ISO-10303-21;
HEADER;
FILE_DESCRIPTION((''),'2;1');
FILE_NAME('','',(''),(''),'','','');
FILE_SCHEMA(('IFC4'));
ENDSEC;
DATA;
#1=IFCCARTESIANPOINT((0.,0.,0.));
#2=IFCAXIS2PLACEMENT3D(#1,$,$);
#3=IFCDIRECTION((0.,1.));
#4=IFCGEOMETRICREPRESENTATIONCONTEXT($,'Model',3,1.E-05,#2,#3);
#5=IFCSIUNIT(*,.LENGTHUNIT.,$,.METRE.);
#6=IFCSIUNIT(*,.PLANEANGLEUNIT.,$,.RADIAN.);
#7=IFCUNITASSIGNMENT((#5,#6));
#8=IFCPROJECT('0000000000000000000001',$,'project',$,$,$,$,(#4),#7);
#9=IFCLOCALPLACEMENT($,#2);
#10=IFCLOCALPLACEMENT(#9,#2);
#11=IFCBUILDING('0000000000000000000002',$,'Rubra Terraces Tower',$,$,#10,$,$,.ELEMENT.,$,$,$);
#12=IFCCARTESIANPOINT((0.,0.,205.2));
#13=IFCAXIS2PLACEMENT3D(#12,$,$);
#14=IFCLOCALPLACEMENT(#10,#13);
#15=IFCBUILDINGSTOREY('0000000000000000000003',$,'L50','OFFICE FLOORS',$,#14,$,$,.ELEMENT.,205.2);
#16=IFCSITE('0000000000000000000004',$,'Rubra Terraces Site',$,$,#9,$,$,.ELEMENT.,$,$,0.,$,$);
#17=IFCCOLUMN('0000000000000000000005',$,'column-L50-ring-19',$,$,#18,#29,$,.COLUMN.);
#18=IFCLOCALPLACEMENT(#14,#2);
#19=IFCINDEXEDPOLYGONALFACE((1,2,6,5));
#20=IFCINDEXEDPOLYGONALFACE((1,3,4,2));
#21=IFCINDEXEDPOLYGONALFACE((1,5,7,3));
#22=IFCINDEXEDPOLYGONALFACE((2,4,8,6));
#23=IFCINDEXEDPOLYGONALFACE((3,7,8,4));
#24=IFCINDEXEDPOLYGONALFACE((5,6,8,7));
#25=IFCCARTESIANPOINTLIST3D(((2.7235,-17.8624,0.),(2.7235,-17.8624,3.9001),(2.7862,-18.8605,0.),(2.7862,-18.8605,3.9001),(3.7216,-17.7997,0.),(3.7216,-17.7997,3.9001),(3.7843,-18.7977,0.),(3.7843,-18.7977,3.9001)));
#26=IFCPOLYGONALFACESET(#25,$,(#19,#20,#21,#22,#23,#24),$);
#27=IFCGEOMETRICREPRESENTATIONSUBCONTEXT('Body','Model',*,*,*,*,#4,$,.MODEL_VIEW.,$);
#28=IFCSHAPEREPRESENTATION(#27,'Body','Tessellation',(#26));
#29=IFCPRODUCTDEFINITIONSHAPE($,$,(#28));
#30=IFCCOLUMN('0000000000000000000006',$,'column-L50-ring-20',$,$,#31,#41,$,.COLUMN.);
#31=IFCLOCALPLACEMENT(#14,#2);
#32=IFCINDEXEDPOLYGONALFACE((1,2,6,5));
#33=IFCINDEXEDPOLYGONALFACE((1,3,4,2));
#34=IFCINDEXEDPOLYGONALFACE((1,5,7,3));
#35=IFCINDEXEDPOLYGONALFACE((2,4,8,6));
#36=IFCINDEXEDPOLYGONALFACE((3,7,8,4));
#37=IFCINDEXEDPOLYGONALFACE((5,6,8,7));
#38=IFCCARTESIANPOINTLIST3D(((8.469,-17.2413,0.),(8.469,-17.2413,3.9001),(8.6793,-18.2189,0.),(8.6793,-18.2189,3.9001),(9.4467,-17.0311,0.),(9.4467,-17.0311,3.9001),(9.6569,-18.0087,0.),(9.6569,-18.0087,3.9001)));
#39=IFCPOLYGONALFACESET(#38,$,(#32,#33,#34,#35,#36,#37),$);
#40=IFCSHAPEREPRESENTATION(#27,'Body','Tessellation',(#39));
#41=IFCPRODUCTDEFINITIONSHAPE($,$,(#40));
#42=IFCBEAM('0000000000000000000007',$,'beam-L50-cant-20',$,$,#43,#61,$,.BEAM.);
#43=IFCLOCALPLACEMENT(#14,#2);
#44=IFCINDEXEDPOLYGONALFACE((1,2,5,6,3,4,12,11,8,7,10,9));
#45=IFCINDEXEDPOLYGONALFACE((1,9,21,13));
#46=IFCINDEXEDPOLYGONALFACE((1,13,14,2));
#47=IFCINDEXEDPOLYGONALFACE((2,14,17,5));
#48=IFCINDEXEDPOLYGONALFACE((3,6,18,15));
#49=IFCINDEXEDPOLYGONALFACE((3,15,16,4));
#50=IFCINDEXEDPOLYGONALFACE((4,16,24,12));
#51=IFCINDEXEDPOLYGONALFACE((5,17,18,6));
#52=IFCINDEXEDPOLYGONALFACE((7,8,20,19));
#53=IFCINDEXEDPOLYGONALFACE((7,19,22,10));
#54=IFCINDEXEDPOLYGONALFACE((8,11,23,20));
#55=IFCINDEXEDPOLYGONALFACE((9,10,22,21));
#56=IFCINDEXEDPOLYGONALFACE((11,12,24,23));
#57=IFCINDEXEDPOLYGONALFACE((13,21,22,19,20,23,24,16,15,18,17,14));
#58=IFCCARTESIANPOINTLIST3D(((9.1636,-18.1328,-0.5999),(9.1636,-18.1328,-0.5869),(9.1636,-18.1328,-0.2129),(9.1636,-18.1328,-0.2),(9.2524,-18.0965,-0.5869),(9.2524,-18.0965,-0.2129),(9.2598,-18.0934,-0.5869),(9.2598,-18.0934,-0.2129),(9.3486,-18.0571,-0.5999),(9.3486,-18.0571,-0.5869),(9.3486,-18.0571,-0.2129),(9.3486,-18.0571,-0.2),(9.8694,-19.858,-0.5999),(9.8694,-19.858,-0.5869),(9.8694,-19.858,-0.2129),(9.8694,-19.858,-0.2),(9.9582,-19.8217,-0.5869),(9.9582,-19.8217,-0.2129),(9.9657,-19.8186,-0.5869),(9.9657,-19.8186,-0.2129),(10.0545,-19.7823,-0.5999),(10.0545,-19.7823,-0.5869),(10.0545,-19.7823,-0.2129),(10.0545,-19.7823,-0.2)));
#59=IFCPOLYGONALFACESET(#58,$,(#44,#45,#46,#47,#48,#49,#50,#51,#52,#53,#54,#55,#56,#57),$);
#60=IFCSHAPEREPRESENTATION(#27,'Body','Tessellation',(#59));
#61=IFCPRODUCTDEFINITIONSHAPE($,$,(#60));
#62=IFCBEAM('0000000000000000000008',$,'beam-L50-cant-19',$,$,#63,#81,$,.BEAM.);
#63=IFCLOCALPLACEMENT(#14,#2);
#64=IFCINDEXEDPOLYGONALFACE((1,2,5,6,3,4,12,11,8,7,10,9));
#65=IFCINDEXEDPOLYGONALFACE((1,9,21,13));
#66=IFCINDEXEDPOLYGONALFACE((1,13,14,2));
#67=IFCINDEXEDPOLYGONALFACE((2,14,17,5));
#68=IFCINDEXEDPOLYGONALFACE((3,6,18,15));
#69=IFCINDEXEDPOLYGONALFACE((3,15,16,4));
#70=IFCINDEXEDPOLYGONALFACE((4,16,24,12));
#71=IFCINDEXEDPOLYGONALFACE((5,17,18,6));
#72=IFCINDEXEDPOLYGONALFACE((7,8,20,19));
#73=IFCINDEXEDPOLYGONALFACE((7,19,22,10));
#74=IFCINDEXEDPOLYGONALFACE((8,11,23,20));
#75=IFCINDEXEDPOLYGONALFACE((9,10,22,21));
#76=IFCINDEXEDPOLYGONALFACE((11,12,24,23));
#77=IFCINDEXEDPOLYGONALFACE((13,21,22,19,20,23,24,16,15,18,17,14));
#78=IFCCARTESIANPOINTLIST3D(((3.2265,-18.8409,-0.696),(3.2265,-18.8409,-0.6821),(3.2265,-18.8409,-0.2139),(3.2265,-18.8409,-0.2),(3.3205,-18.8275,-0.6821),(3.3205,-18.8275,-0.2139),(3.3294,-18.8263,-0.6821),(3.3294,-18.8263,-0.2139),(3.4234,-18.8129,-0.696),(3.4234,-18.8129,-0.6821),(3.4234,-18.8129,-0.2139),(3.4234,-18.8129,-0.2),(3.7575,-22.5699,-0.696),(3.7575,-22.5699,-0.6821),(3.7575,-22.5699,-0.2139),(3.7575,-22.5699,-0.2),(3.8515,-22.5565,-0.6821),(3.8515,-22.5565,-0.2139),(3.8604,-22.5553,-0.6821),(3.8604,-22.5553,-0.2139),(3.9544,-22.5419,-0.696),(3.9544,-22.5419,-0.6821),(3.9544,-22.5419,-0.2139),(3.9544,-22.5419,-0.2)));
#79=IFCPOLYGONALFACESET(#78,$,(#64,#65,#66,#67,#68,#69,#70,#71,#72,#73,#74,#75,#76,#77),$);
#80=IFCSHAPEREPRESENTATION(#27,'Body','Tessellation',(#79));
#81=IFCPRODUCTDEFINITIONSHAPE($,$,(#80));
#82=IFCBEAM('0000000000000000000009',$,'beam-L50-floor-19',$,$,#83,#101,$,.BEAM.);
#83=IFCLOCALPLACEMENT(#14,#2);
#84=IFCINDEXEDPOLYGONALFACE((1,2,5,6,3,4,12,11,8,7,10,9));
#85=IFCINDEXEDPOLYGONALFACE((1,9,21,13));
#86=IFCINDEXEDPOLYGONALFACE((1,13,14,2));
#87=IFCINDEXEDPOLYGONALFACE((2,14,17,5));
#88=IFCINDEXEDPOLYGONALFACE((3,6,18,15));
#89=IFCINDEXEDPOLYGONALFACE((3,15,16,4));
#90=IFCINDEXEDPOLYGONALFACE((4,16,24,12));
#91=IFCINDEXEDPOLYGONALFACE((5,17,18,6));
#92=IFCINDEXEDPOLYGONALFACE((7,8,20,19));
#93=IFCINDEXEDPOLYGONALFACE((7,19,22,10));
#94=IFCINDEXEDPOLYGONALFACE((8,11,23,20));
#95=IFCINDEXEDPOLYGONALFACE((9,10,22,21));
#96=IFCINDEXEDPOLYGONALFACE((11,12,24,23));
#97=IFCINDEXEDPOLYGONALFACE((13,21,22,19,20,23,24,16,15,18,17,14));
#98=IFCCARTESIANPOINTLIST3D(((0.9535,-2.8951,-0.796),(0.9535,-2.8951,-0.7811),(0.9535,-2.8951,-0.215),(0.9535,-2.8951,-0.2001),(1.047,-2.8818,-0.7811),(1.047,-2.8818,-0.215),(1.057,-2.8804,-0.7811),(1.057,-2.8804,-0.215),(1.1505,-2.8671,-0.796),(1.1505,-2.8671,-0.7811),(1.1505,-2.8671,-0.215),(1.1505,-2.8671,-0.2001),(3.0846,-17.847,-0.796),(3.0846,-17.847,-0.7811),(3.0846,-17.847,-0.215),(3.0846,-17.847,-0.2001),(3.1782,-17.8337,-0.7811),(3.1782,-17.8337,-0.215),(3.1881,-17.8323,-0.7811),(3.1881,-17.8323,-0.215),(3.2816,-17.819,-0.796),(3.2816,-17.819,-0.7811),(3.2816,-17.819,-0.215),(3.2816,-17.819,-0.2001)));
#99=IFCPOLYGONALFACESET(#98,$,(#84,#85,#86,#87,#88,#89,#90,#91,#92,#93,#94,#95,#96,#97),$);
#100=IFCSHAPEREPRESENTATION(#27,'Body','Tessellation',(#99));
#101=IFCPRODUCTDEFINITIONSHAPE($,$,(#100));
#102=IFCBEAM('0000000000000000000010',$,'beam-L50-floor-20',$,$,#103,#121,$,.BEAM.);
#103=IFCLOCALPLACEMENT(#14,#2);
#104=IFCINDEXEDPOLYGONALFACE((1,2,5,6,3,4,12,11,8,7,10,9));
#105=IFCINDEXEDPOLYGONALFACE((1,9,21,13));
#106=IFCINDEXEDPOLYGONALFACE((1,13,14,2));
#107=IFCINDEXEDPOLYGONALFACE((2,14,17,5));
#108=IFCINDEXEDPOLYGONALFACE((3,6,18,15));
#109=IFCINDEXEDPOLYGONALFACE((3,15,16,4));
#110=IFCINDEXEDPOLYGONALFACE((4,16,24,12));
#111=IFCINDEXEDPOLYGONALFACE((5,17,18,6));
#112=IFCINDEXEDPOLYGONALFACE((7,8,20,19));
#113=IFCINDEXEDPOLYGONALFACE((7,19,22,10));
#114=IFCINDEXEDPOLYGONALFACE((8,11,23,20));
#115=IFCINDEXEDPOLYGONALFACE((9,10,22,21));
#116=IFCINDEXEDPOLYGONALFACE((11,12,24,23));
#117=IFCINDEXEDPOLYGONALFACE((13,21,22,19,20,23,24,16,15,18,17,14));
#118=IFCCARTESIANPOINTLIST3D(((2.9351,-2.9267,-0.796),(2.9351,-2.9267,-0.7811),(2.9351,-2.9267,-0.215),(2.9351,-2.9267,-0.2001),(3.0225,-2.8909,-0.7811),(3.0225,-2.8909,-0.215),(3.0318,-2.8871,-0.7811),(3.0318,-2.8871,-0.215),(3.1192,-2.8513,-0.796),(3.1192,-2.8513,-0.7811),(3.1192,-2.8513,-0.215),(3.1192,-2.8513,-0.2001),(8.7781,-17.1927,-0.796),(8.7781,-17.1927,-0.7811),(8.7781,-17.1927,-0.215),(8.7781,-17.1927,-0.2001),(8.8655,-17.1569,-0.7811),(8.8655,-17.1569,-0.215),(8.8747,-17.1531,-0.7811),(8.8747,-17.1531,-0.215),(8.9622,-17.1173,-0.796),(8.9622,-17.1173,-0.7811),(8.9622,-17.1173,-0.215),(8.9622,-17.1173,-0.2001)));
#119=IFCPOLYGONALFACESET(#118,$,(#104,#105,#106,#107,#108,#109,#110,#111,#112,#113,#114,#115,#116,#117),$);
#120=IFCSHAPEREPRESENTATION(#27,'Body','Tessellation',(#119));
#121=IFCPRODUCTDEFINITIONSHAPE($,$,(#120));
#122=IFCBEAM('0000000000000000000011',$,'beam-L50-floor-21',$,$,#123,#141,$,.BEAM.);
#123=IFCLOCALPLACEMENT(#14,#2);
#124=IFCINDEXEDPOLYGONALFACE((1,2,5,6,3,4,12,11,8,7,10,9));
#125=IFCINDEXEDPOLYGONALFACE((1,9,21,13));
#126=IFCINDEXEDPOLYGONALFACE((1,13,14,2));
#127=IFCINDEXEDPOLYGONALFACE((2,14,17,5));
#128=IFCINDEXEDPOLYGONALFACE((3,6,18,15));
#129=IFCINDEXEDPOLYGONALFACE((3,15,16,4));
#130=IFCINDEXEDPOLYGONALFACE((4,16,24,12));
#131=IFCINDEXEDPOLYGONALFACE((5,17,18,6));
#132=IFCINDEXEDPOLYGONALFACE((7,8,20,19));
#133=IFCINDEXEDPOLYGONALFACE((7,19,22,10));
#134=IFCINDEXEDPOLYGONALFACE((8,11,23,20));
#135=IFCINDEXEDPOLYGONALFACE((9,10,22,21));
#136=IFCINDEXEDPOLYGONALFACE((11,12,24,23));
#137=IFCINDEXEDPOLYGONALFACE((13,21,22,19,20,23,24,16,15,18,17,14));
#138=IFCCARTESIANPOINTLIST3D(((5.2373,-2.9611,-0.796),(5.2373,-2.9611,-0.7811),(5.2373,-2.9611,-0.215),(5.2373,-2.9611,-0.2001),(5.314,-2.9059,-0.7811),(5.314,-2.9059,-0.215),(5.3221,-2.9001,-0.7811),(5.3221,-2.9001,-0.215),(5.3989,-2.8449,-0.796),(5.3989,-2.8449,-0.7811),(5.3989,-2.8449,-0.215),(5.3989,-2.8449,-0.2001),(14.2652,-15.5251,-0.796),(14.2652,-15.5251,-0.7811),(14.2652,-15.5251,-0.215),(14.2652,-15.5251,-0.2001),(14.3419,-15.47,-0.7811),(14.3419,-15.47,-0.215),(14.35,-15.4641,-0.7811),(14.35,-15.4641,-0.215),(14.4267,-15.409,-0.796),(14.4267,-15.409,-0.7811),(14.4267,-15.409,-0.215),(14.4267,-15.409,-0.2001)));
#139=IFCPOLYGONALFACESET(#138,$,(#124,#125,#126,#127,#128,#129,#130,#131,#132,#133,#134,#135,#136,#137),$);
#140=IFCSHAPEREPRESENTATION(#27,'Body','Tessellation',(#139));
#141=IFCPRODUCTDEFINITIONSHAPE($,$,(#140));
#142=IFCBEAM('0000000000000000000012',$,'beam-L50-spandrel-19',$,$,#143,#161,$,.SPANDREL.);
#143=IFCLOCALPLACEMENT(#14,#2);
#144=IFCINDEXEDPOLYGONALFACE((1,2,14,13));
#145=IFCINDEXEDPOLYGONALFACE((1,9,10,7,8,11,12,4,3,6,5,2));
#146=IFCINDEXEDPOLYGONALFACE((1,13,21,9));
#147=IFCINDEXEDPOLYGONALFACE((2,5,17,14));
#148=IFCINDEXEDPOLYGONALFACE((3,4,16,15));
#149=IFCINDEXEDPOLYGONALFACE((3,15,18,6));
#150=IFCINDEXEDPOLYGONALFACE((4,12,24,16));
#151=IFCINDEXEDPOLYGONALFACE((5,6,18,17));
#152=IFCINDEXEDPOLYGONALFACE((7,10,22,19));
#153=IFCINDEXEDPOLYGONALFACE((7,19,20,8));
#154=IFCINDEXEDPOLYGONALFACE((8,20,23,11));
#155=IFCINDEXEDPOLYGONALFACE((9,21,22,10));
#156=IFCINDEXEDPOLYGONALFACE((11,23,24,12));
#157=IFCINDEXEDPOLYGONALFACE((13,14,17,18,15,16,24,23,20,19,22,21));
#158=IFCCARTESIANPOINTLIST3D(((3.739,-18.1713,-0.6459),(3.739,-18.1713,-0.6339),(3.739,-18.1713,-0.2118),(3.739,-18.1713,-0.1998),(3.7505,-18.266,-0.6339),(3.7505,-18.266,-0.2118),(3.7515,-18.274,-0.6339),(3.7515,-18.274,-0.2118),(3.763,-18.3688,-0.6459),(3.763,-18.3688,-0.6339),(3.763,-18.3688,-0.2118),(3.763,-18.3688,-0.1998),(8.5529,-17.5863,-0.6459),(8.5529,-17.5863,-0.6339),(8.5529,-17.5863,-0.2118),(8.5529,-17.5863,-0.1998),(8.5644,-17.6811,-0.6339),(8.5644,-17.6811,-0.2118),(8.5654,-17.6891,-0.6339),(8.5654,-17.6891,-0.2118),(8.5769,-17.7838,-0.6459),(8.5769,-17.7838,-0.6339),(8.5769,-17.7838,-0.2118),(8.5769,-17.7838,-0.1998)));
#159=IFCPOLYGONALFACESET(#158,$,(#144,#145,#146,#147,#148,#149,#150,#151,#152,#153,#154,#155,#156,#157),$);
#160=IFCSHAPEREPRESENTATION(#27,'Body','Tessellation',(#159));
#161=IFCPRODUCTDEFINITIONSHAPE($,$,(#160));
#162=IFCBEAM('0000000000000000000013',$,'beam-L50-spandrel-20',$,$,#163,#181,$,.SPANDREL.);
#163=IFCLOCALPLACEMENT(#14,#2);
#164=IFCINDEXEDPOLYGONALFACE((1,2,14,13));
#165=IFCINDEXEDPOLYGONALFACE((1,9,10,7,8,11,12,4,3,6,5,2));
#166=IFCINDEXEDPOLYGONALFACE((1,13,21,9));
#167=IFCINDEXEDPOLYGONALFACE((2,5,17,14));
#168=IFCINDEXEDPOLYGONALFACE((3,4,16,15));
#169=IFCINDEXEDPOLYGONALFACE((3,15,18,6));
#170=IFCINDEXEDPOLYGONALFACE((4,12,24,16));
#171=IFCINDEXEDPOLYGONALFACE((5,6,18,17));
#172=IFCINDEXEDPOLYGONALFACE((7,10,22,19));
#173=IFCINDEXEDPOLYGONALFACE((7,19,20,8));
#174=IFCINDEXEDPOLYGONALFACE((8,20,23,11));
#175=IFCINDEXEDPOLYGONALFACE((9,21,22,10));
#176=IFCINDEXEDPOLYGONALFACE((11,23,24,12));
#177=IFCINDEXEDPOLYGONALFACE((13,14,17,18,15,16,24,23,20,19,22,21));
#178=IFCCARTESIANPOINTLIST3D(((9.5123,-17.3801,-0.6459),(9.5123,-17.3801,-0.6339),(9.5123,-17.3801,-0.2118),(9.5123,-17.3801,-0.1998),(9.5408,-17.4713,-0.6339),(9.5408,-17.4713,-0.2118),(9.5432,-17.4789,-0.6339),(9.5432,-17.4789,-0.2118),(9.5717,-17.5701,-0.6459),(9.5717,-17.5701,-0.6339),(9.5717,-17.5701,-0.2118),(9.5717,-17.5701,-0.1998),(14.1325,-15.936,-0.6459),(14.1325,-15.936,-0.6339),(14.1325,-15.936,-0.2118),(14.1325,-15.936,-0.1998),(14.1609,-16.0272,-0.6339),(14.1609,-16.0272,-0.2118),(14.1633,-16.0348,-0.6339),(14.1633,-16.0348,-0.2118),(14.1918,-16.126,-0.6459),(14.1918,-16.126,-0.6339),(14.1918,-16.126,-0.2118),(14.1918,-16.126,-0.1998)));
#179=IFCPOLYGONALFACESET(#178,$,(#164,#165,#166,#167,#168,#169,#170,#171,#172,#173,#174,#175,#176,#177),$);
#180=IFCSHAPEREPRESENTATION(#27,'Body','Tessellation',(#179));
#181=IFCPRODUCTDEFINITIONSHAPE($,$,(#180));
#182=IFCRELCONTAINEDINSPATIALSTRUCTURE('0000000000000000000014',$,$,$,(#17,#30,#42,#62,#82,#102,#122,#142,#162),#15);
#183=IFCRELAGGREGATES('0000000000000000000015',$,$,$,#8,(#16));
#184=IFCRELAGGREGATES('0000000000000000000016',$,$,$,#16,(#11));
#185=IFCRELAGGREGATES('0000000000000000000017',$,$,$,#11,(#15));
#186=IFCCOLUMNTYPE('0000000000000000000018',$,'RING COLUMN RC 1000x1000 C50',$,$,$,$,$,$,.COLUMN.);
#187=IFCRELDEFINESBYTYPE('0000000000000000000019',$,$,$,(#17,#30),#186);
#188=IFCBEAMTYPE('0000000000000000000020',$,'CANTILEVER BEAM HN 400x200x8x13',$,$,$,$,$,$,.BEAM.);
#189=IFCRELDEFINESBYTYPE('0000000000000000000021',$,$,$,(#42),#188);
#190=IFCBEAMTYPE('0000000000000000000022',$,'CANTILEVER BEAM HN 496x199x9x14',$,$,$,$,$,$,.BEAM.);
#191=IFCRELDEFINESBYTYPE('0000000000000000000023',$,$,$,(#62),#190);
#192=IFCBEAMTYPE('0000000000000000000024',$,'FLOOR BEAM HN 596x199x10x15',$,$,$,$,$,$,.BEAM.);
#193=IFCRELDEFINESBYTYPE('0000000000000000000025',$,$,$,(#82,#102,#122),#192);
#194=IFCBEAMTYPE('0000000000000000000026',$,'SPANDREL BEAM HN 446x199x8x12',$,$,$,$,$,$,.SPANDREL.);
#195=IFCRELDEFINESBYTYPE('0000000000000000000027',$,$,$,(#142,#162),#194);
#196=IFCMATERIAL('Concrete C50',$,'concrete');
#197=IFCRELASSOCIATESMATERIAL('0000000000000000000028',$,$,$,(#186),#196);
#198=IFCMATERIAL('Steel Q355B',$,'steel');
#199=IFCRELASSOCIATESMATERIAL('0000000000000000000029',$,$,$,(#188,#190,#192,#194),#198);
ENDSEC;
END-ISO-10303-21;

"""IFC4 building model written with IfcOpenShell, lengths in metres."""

from ifc_helpers import new_model, si_unit, direction, frame, origin, origin_2d, place, context, subcontext, project, spatial, rectangle, i_section, extrude, material, material_profile, profile_set, type_object, element, save


model = new_model("IFC4")

# Units and contexts
model_context = context("Model", 3, precision=1e-05, world=origin(), true_north=direction((0.0, 1.0)))
body_context = subcontext(model_context, "Body", "Model", "MODEL_VIEW")
ifc_project = project(units=[si_unit("LENGTHUNIT", "METRE"), si_unit("PLANEANGLEUNIT", "RADIAN")], contexts=[model_context])

# Site, building, storey
site_placement = place(None, origin())
site = spatial("IfcSite", under=ifc_project, at=site_placement, Name="Rubra Terraces Site", CompositionType="ELEMENT", RefElevation=0.0)
building_placement = place(site_placement, origin())
building = spatial("IfcBuilding", under=site, at=building_placement, Name="Rubra Terraces Tower", CompositionType="ELEMENT")
storey_placement = place(building_placement, frame((0.0, 0.0, 205.2)))
storey = spatial("IfcBuildingStorey", under=building, at=storey_placement, Name="L50", Description="OFFICE FLOORS", CompositionType="ELEMENT", Elevation=205.2)

# Columns
ifc_material_1 = material(Name="Concrete C50", Category="concrete")
ifc_material_profile_1 = material_profile(ifc_material_1, rectangle(XDim=1.0, YDim=1.0, at=origin_2d()), Name="RC 1000x1000")
ifc_profile_set_1 = profile_set([ifc_material_profile_1], Name="Concrete C50")
column_type = type_object("IfcColumnType", Name="RING COLUMN RC 1000x1000 C50", PredefinedType="COLUMN", material=ifc_profile_set_1)
for number, where, z_axis, x_axis, name in (
    (1, (3.2539, -18.3301, 0.0), (0.0, 0.0, 1.0), (0.998032, 0.062714, 0.0), "column-L50-ring-19"),
    (2, (9.063, -17.625, 0.0), (0.0, 0.0, 1.0), (0.977653, 0.210227, 0.0), "column-L50-ring-20"),
):
    element("IfcColumn", number, at=place(storey_placement, frame(where, z_axis=z_axis, x_axis=x_axis)), inside=storey, type_object=column_type, Name=name, PredefinedType="COLUMN", context=body_context, shape_type="SweptSolid", body=[
        extrude(rectangle(XDim=1.0, YDim=1.0, at=origin_2d()), origin(), (0.0, 0.0, 1.0), 3.9001),
    ])

# Beams
ifc_material_2 = material(Name="Steel Q355B", Category="steel")
ifc_material_profile_2 = material_profile(ifc_material_2, i_section(OverallWidth=0.2, OverallDepth=0.3999, WebThickness=0.0081, FlangeThickness=0.0129, at=origin_2d()), Name="HN 400x200x8x13")
ifc_profile_set_2 = profile_set([ifc_material_profile_2], Name="Steel Q355B")
beam_type_1 = type_object("IfcBeamType", Name="CANTILEVER BEAM HN 400x200x8x13", PredefinedType="BEAM", material=ifc_profile_set_2)
beam_1_placement = place(storey_placement, frame((9.2561, -18.095, -0.3999), z_axis=(0.378674, -0.92553, 0.0), x_axis=(0.92553, 0.378674, 0.0)))
element("IfcBeam", 3, at=beam_1_placement, inside=storey, type_object=beam_type_1, Name="beam-L50-cant-20", PredefinedType="BEAM", context=body_context, shape_type="SweptSolid", body=[
    extrude(i_section(OverallWidth=0.2, OverallDepth=0.3999, WebThickness=0.0081, FlangeThickness=0.0129, at=origin_2d()), origin(), (0.0, 0.0, 1.0), 1.864),
])
ifc_material_profile_3 = material_profile(ifc_material_2, i_section(OverallWidth=0.199, OverallDepth=0.4961, WebThickness=0.009, FlangeThickness=0.0139, at=origin_2d()), Name="HN 496x199x9x14")
ifc_profile_set_3 = profile_set([ifc_material_profile_3], Name="Steel Q355B")
beam_type_2 = type_object("IfcBeamType", Name="CANTILEVER BEAM HN 496x199x9x14", PredefinedType="BEAM", material=ifc_profile_set_3)
beam_2_placement = place(storey_placement, frame((3.325, -18.8269, -0.448), z_axis=(0.140977, -0.990013, 0.0), x_axis=(0.990013, 0.140977, 0.0)))
element("IfcBeam", 4, at=beam_2_placement, inside=storey, type_object=beam_type_2, Name="beam-L50-cant-19", PredefinedType="BEAM", context=body_context, shape_type="SweptSolid", body=[
    extrude(i_section(OverallWidth=0.199, OverallDepth=0.4961, WebThickness=0.009, FlangeThickness=0.0139, at=origin_2d()), origin(), (0.0, 0.0, 1.0), 3.7666),
])
ifc_material_profile_4 = material_profile(ifc_material_2, i_section(OverallWidth=0.199, OverallDepth=0.5959, WebThickness=0.01, FlangeThickness=0.0149, at=origin_2d()), Name="HN 596x199x10x15")
ifc_profile_set_4 = profile_set([ifc_material_profile_4], Name="Steel Q355B")
beam_type_3 = type_object("IfcBeamType", Name="FLOOR BEAM HN 596x199x10x15", PredefinedType="BEAM", material=ifc_profile_set_4)
beam_3_placement = place(storey_placement, frame((3.1831, -17.833, -0.498), z_axis=(-0.141105, 0.989995, 0.0), x_axis=(-0.989995, -0.141105, 0.0)))
element("IfcBeam", 5, at=beam_3_placement, inside=storey, type_object=beam_type_3, Name="beam-L50-floor-19", PredefinedType="BEAM", context=body_context, shape_type="SweptSolid", body=[
    extrude(i_section(OverallWidth=0.199, OverallDepth=0.5959, WebThickness=0.01, FlangeThickness=0.0149, at=origin_2d()), origin(), (0.0, 0.0, 1.0), 15.103),
])
beam_4_placement = place(storey_placement, frame((8.8701, -17.155, -0.498), z_axis=(-0.379015, 0.92539, 0.0), x_axis=(-0.92539, -0.379015, 0.0)))
element("IfcBeam", 6, at=beam_4_placement, inside=storey, type_object=beam_type_3, Name="beam-L50-floor-20", PredefinedType="BEAM", context=body_context, shape_type="SweptSolid", body=[
    extrude(i_section(OverallWidth=0.199, OverallDepth=0.5959, WebThickness=0.01, FlangeThickness=0.0149, at=origin_2d()), origin(), (0.0, 0.0, 1.0), 15.4163),
])
beam_5_placement = place(storey_placement, frame((14.3459, -15.467, -0.498), z_axis=(-0.583529, 0.812092, 0.0), x_axis=(-0.812092, -0.583529, 0.0)))
element("IfcBeam", 7, at=beam_5_placement, inside=storey, type_object=beam_type_3, Name="beam-L50-floor-21", PredefinedType="BEAM", context=body_context, shape_type="SweptSolid", body=[
    extrude(i_section(OverallWidth=0.199, OverallDepth=0.5959, WebThickness=0.01, FlangeThickness=0.0149, at=origin_2d()), origin(), (0.0, 0.0, 1.0), 15.4712),
])
ifc_material_profile_5 = material_profile(ifc_material_2, i_section(OverallWidth=0.199, OverallDepth=0.446, WebThickness=0.0081, FlangeThickness=0.012, at=origin_2d()), Name="HN 446x199x8x12")
ifc_profile_set_5 = profile_set([ifc_material_profile_5], Name="Steel Q355B")
beam_type_4 = type_object("IfcBeamType", Name="SPANDREL BEAM HN 446x199x8x12", PredefinedType="SPANDREL", material=ifc_profile_set_5)
beam_6_placement = place(storey_placement, frame((3.751, -18.27, -0.4229), z_axis=(0.992698, 0.120626, 0.0), x_axis=(-0.120626, 0.992698, 0.0)))
element("IfcBeam", 8, at=beam_6_placement, inside=storey, type_object=beam_type_4, Name="beam-L50-spandrel-19", PredefinedType="SPANDREL", context=body_context, shape_type="SweptSolid", body=[
    extrude(i_section(OverallWidth=0.199, OverallDepth=0.446, WebThickness=0.0081, FlangeThickness=0.012, at=origin_2d()), origin(), (0.0, 0.0, 1.0), 4.8494),
])
beam_7_placement = place(storey_placement, frame((9.542, -17.4751, -0.4229), z_axis=(0.954462, 0.298332, 0.0), x_axis=(-0.298332, 0.954462, 0.0)))
element("IfcBeam", 9, at=beam_7_placement, inside=storey, type_object=beam_type_4, Name="beam-L50-spandrel-20", PredefinedType="SPANDREL", context=body_context, shape_type="SweptSolid", body=[
    extrude(i_section(OverallWidth=0.199, OverallDepth=0.446, WebThickness=0.0081, FlangeThickness=0.012, at=origin_2d()), origin(), (0.0, 0.0, 1.0), 4.8406),
])

save(model, "model.ifc")
